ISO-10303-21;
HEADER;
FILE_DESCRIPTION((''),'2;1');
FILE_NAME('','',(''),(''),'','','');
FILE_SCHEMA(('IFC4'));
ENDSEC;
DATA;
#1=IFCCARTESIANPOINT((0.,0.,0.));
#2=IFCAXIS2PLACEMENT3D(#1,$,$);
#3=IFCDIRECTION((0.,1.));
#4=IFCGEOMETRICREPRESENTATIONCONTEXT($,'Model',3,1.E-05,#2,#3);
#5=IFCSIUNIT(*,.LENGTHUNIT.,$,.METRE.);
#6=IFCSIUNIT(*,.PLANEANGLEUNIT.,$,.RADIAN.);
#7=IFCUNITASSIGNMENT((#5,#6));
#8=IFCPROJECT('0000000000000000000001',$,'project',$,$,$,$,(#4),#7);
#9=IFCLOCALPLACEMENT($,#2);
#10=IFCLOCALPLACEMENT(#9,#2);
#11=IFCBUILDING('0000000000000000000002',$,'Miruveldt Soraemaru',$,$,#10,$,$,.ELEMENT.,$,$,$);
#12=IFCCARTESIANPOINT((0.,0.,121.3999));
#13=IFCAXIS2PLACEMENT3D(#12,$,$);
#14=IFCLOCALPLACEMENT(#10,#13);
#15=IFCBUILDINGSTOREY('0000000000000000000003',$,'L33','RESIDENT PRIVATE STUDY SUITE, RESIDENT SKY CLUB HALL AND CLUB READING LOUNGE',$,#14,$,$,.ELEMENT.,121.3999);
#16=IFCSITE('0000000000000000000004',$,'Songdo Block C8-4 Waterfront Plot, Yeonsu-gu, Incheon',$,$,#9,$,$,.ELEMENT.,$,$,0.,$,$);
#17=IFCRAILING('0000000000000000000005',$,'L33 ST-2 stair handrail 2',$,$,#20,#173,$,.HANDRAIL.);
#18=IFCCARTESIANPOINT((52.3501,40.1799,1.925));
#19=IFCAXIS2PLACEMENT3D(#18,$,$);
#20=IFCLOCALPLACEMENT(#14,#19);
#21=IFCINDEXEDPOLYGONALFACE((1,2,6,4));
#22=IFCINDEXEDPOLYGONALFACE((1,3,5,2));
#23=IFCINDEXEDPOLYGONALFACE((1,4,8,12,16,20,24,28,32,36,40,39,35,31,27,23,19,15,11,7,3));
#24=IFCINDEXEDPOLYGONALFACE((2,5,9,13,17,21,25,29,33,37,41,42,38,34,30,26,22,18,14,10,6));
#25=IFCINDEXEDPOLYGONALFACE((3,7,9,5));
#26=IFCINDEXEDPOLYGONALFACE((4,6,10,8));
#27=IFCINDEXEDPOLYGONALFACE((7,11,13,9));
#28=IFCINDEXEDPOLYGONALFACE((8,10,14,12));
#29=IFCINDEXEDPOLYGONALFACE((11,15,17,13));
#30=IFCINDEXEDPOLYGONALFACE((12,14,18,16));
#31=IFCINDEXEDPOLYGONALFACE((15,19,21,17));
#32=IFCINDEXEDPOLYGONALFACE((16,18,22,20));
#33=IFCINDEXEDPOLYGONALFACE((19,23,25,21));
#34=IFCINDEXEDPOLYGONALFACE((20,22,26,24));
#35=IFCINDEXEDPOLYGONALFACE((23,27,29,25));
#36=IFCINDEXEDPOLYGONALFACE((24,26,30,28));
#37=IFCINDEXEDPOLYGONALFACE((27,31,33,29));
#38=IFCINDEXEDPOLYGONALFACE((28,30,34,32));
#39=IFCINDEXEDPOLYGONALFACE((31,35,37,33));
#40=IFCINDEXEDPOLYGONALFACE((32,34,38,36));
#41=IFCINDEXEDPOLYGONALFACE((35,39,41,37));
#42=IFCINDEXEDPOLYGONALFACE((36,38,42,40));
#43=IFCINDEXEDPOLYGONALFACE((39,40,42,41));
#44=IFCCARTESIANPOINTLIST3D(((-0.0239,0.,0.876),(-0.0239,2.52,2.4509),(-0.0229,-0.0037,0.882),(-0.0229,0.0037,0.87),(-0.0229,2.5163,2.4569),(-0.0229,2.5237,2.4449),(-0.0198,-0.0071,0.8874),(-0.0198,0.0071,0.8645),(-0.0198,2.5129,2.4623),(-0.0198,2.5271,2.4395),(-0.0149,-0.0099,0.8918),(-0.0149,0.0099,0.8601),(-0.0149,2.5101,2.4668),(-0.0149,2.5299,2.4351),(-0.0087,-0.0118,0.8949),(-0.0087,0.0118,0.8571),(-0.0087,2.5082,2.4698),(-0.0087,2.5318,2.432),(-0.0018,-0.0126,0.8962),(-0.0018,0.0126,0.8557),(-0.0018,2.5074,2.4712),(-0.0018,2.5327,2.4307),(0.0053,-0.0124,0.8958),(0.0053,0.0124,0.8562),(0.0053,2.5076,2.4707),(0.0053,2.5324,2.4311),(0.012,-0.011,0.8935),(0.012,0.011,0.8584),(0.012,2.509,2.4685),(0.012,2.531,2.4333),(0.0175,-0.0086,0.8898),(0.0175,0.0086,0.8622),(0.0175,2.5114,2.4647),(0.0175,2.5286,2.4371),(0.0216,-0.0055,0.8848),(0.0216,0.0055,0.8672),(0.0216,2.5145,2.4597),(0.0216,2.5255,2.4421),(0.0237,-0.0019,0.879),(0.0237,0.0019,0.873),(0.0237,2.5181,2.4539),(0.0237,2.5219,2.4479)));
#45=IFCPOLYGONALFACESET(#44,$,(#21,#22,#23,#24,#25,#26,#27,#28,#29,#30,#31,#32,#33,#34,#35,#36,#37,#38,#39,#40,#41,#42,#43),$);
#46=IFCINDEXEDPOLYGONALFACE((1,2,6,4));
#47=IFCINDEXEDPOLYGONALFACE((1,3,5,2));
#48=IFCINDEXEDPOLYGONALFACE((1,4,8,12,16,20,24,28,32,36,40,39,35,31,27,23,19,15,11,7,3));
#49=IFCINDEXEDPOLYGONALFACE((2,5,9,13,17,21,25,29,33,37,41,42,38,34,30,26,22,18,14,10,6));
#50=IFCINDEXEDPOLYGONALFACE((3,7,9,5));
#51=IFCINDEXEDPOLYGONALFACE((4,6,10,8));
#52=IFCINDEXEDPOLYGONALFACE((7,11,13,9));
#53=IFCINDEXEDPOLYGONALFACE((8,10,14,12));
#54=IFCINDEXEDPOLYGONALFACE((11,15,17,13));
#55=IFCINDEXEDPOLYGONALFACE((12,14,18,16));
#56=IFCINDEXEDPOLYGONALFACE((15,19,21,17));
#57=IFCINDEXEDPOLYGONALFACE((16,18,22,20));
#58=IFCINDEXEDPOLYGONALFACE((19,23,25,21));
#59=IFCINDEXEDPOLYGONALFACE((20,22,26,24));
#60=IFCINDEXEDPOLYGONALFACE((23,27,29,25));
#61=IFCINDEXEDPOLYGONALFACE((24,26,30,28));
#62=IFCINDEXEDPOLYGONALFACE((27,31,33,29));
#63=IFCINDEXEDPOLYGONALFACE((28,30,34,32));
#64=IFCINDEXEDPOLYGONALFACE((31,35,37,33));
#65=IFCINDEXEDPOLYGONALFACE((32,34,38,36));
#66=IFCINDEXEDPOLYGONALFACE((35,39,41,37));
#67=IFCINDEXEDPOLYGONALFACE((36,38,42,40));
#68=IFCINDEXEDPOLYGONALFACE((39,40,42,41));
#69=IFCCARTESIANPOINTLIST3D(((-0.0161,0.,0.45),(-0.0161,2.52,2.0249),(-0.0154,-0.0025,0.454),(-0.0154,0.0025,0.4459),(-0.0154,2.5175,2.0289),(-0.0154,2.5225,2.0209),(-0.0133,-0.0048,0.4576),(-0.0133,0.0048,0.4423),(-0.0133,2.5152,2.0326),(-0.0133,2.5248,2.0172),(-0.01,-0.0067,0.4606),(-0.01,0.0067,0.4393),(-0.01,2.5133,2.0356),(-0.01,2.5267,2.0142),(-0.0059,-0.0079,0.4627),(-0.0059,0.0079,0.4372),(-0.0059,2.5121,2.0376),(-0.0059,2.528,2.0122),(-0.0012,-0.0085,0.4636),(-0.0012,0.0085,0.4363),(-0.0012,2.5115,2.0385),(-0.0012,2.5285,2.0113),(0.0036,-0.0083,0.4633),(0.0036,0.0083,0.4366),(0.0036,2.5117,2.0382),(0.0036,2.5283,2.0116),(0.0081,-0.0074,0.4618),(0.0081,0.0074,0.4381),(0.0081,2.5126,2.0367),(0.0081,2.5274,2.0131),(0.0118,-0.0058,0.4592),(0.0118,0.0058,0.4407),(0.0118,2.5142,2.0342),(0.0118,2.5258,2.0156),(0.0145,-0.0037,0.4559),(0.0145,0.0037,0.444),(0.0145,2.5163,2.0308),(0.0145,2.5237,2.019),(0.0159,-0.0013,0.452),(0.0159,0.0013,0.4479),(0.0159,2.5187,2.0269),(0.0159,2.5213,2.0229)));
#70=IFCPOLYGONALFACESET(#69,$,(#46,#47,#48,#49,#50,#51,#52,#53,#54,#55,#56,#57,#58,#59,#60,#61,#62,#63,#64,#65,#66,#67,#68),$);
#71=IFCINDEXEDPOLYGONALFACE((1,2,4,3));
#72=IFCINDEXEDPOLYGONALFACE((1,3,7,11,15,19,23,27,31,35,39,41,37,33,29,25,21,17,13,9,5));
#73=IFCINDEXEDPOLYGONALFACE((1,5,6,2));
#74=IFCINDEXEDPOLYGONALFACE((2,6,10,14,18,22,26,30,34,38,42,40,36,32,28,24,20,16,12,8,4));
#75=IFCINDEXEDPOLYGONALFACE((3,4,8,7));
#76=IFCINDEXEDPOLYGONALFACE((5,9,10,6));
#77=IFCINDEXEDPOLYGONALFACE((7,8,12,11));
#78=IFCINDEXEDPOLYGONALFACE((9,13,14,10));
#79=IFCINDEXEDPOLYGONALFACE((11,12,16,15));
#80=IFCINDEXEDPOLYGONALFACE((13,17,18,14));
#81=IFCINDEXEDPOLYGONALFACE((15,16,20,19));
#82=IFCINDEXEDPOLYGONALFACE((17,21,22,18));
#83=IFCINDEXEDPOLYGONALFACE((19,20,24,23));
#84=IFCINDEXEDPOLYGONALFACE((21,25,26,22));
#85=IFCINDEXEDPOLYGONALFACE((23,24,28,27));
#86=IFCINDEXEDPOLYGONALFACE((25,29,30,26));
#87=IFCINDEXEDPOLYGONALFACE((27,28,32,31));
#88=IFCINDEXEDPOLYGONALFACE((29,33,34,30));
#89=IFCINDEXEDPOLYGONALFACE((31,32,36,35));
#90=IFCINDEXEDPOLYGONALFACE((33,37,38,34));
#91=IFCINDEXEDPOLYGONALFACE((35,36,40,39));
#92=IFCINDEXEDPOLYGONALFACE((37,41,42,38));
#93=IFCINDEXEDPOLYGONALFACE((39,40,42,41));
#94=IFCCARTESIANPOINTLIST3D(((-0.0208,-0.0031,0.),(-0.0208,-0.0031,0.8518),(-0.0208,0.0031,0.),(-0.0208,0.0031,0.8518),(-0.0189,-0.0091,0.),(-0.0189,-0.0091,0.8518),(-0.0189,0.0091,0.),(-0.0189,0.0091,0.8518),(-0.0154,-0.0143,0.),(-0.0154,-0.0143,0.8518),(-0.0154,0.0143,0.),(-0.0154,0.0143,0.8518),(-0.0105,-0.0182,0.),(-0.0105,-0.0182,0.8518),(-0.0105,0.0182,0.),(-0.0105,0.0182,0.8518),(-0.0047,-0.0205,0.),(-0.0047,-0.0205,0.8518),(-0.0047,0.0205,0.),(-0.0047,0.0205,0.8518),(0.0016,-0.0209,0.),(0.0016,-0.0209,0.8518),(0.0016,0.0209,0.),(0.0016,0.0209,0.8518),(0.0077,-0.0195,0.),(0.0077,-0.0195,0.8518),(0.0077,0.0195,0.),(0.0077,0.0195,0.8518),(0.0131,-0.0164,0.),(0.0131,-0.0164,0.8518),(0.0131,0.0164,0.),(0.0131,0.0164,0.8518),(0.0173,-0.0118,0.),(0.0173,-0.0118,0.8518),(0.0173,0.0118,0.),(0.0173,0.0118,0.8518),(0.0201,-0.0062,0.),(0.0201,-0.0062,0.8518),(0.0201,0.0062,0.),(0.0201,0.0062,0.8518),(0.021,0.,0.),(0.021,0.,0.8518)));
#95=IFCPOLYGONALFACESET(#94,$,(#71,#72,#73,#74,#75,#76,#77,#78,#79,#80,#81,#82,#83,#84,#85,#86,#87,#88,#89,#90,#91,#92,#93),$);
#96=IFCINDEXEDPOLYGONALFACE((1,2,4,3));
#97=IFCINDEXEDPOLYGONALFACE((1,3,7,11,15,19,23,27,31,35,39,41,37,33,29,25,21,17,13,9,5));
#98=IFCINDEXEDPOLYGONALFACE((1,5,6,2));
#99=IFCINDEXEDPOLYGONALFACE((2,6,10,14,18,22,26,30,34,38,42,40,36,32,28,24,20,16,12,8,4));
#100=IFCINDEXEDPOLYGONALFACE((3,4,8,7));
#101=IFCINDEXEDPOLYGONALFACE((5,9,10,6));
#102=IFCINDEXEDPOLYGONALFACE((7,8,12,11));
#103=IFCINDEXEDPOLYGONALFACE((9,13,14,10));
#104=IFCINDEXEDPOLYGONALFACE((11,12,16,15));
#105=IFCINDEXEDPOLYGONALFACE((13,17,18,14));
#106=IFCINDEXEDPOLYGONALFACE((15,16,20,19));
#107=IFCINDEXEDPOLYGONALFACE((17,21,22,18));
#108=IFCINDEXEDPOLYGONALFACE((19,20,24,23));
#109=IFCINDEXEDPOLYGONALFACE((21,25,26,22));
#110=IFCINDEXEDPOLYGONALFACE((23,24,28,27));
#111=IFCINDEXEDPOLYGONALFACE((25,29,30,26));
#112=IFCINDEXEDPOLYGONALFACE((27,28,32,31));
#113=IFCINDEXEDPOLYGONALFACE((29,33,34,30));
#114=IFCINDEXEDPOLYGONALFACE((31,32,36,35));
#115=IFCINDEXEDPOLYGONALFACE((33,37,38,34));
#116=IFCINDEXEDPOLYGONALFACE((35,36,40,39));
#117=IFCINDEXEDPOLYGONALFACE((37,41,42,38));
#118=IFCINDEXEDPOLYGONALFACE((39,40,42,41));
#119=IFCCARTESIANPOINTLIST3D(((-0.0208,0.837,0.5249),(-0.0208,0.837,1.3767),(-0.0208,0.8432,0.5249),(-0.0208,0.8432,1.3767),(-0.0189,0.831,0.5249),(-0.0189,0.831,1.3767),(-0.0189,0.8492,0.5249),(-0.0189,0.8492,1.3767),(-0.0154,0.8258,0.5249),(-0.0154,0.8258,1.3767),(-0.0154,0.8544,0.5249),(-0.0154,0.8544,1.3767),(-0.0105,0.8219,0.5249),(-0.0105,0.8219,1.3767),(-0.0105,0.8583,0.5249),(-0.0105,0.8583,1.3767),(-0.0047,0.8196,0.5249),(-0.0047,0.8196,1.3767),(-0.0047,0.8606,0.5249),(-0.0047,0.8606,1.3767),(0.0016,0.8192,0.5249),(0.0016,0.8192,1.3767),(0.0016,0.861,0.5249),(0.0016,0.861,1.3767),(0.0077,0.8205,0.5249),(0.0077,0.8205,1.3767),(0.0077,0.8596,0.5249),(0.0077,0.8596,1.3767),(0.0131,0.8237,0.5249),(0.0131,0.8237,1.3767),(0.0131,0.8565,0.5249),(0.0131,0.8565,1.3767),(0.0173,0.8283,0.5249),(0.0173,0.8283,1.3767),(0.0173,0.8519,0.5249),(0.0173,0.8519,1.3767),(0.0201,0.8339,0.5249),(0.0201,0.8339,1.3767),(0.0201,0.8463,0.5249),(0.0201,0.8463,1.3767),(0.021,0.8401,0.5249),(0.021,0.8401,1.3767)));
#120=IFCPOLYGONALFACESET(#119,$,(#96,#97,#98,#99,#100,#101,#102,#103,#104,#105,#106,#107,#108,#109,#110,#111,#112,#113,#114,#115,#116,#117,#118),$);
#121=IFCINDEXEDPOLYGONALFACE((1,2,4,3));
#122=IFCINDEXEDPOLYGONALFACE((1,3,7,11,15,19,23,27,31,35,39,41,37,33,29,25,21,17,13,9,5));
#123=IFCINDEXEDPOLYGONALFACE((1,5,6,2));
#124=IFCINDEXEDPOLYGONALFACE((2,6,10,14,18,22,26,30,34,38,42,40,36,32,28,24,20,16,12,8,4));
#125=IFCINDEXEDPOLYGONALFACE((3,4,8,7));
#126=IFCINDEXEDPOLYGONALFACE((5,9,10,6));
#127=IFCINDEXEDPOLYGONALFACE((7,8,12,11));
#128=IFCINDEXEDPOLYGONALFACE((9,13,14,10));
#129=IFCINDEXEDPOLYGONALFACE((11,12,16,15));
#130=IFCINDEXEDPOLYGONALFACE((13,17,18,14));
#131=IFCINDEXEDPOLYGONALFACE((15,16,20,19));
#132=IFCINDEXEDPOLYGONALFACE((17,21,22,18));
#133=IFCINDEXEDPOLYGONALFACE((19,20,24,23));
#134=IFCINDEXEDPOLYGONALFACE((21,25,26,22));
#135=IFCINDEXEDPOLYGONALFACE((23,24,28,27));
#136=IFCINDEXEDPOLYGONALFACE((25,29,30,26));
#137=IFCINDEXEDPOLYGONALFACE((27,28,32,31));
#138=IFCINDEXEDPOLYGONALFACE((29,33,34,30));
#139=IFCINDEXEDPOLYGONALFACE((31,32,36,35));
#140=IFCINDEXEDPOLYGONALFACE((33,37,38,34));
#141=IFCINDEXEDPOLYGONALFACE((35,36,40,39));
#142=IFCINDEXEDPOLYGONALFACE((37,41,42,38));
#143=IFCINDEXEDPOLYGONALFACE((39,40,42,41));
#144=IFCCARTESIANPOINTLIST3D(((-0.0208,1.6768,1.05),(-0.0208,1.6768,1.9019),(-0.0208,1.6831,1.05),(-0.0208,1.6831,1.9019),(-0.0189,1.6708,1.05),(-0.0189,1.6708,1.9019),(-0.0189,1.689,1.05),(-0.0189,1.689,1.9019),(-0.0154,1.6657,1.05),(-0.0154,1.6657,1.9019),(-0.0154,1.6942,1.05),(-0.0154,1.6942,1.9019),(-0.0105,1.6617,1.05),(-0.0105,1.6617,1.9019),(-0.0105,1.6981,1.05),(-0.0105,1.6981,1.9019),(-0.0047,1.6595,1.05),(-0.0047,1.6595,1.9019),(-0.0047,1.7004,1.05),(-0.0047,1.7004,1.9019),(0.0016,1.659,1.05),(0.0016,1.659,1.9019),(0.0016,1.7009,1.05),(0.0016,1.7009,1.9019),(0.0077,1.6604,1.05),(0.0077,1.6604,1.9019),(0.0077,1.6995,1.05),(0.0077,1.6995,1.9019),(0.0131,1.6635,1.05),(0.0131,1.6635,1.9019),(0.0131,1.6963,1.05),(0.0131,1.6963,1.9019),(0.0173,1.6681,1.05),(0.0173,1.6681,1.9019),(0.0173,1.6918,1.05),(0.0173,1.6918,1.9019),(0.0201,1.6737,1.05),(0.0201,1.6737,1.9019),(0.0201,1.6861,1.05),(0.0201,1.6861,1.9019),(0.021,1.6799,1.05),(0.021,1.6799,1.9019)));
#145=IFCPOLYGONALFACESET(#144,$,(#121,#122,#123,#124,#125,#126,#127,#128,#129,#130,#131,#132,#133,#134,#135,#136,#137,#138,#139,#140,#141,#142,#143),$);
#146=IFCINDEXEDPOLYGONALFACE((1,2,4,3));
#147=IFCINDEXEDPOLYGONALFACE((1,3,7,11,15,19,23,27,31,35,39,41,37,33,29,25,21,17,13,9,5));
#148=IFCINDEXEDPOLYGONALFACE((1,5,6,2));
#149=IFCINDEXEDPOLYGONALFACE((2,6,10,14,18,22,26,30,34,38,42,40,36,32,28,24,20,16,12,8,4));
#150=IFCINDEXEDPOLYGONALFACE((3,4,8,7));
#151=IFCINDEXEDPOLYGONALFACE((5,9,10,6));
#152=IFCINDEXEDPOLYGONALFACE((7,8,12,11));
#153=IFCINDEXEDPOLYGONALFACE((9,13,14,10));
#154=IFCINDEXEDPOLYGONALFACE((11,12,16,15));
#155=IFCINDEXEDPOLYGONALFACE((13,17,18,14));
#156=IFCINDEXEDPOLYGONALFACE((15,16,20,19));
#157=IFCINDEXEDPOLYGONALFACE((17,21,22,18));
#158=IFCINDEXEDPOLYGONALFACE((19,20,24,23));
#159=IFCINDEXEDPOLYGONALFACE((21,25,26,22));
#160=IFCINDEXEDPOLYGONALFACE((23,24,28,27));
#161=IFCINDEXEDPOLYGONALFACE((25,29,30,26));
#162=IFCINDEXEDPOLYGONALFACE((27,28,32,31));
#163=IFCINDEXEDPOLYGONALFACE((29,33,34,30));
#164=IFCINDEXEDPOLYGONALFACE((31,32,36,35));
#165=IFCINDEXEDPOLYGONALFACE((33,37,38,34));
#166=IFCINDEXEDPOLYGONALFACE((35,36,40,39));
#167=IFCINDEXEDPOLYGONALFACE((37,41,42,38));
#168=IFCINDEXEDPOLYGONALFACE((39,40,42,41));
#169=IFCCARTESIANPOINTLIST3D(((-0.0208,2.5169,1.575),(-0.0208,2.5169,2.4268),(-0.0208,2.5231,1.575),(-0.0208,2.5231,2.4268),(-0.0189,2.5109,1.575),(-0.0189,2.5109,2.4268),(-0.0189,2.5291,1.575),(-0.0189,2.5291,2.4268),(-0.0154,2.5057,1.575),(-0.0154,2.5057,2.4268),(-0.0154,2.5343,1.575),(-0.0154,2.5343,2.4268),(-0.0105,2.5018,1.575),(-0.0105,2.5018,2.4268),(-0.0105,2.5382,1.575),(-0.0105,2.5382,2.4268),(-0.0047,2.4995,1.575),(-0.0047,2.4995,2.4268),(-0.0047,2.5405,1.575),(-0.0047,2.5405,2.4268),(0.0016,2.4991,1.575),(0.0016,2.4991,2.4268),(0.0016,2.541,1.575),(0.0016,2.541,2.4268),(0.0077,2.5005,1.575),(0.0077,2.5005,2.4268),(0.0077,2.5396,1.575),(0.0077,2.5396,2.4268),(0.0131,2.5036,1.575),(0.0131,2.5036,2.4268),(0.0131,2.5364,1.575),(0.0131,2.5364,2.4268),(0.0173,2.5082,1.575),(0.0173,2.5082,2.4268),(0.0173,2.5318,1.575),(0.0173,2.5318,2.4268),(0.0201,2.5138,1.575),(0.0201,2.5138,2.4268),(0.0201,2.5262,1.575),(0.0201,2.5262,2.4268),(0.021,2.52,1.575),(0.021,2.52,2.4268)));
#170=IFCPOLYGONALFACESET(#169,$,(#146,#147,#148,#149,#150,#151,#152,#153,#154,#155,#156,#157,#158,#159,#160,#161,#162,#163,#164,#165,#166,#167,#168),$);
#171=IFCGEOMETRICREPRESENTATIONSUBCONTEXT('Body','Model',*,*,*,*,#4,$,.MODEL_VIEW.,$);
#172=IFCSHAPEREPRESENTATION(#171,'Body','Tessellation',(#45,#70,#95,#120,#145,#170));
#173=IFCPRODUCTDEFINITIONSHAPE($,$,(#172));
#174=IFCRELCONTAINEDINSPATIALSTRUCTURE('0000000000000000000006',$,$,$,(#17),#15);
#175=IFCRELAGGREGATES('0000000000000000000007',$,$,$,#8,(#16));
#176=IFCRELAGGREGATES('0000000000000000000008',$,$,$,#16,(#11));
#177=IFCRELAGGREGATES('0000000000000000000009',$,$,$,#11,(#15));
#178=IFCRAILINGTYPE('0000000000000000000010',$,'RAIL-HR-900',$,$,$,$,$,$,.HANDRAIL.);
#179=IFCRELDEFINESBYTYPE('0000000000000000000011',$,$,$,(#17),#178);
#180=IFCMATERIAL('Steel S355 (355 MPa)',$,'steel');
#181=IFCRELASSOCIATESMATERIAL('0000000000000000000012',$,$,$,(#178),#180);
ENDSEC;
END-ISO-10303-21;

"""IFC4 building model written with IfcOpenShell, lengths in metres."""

from ifc_helpers import new_model, si_unit, direction, frame, origin, origin_2d, place, context, subcontext, project, spatial, circle, extrude, material, type_object, element, save


model = new_model("IFC4")

# Units and contexts
model_context = context("Model", 3, precision=1e-05, world=origin(), true_north=direction((0.0, 1.0)))
body_context = subcontext(model_context, "Body", "Model", "MODEL_VIEW")
ifc_project = project(units=[si_unit("LENGTHUNIT", "METRE"), si_unit("PLANEANGLEUNIT", "RADIAN")], contexts=[model_context])

# Site, building, storey
site_placement = place(None, origin())
site = spatial("IfcSite", under=ifc_project, at=site_placement, Name="Songdo Block C8-4 Waterfront Plot, Yeonsu-gu, Incheon", CompositionType="ELEMENT", RefElevation=0.0)
building_placement = place(site_placement, origin())
building = spatial("IfcBuilding", under=site, at=building_placement, Name="Miruveldt Soraemaru", CompositionType="ELEMENT")
storey_placement = place(building_placement, frame((0.0, 0.0, 121.3999)))
storey = spatial("IfcBuildingStorey", under=building, at=storey_placement, Name="L33", Description="RESIDENT PRIVATE STUDY SUITE, RESIDENT SKY CLUB HALL AND CLUB READING LOUNGE", CompositionType="ELEMENT", Elevation=121.3999)

# Railing
ifc_material_1 = material(Name="Steel S355 (355 MPa)", Category="steel")
railing_type_1 = type_object("IfcRailingType", Name="RAIL-HR-900", PredefinedType="HANDRAIL", material=ifc_material_1)
railing_1_placement = place(storey_placement, frame((52.3501, 40.1799, 1.925)))
element("IfcRailing", 1, at=railing_1_placement, inside=storey, type_object=railing_type_1, Name="L33 ST-2 stair handrail 2", PredefinedType="HANDRAIL", context=body_context, shape_type="SweptSolid", body=[
    extrude(circle(Radius=0.0239, at=origin_2d()), frame((0.0, 0.0, 0.876), z_axis=(0.0, 0.848008, 0.529984), x_axis=(-1.0, 0.0, 0.0)), (0.0, 0.0, 1.0), 2.9717),
    extrude(circle(Radius=0.0161, at=origin_2d()), frame((0.0, 0.0, 0.45), z_axis=(0.0, 0.848008, 0.529984), x_axis=(-1.0, 0.0, 0.0)), (0.0, 0.0, 1.0), 2.9717),
    extrude(circle(Radius=0.021, at=origin_2d()), origin(), (0.0, 0.0, 1.0), 0.8518),
    extrude(circle(Radius=0.021, at=origin_2d()), frame((0.0, 0.8401, 0.5249)), (0.0, 0.0, 1.0), 0.8518),
    extrude(circle(Radius=0.021, at=origin_2d()), frame((0.0, 1.6799, 1.05)), (0.0, 0.0, 1.0), 0.8518),
    extrude(circle(Radius=0.021, at=origin_2d()), frame((0.0, 2.52, 1.575)), (0.0, 0.0, 1.0), 0.8518),
])

save(model, "model.ifc")
